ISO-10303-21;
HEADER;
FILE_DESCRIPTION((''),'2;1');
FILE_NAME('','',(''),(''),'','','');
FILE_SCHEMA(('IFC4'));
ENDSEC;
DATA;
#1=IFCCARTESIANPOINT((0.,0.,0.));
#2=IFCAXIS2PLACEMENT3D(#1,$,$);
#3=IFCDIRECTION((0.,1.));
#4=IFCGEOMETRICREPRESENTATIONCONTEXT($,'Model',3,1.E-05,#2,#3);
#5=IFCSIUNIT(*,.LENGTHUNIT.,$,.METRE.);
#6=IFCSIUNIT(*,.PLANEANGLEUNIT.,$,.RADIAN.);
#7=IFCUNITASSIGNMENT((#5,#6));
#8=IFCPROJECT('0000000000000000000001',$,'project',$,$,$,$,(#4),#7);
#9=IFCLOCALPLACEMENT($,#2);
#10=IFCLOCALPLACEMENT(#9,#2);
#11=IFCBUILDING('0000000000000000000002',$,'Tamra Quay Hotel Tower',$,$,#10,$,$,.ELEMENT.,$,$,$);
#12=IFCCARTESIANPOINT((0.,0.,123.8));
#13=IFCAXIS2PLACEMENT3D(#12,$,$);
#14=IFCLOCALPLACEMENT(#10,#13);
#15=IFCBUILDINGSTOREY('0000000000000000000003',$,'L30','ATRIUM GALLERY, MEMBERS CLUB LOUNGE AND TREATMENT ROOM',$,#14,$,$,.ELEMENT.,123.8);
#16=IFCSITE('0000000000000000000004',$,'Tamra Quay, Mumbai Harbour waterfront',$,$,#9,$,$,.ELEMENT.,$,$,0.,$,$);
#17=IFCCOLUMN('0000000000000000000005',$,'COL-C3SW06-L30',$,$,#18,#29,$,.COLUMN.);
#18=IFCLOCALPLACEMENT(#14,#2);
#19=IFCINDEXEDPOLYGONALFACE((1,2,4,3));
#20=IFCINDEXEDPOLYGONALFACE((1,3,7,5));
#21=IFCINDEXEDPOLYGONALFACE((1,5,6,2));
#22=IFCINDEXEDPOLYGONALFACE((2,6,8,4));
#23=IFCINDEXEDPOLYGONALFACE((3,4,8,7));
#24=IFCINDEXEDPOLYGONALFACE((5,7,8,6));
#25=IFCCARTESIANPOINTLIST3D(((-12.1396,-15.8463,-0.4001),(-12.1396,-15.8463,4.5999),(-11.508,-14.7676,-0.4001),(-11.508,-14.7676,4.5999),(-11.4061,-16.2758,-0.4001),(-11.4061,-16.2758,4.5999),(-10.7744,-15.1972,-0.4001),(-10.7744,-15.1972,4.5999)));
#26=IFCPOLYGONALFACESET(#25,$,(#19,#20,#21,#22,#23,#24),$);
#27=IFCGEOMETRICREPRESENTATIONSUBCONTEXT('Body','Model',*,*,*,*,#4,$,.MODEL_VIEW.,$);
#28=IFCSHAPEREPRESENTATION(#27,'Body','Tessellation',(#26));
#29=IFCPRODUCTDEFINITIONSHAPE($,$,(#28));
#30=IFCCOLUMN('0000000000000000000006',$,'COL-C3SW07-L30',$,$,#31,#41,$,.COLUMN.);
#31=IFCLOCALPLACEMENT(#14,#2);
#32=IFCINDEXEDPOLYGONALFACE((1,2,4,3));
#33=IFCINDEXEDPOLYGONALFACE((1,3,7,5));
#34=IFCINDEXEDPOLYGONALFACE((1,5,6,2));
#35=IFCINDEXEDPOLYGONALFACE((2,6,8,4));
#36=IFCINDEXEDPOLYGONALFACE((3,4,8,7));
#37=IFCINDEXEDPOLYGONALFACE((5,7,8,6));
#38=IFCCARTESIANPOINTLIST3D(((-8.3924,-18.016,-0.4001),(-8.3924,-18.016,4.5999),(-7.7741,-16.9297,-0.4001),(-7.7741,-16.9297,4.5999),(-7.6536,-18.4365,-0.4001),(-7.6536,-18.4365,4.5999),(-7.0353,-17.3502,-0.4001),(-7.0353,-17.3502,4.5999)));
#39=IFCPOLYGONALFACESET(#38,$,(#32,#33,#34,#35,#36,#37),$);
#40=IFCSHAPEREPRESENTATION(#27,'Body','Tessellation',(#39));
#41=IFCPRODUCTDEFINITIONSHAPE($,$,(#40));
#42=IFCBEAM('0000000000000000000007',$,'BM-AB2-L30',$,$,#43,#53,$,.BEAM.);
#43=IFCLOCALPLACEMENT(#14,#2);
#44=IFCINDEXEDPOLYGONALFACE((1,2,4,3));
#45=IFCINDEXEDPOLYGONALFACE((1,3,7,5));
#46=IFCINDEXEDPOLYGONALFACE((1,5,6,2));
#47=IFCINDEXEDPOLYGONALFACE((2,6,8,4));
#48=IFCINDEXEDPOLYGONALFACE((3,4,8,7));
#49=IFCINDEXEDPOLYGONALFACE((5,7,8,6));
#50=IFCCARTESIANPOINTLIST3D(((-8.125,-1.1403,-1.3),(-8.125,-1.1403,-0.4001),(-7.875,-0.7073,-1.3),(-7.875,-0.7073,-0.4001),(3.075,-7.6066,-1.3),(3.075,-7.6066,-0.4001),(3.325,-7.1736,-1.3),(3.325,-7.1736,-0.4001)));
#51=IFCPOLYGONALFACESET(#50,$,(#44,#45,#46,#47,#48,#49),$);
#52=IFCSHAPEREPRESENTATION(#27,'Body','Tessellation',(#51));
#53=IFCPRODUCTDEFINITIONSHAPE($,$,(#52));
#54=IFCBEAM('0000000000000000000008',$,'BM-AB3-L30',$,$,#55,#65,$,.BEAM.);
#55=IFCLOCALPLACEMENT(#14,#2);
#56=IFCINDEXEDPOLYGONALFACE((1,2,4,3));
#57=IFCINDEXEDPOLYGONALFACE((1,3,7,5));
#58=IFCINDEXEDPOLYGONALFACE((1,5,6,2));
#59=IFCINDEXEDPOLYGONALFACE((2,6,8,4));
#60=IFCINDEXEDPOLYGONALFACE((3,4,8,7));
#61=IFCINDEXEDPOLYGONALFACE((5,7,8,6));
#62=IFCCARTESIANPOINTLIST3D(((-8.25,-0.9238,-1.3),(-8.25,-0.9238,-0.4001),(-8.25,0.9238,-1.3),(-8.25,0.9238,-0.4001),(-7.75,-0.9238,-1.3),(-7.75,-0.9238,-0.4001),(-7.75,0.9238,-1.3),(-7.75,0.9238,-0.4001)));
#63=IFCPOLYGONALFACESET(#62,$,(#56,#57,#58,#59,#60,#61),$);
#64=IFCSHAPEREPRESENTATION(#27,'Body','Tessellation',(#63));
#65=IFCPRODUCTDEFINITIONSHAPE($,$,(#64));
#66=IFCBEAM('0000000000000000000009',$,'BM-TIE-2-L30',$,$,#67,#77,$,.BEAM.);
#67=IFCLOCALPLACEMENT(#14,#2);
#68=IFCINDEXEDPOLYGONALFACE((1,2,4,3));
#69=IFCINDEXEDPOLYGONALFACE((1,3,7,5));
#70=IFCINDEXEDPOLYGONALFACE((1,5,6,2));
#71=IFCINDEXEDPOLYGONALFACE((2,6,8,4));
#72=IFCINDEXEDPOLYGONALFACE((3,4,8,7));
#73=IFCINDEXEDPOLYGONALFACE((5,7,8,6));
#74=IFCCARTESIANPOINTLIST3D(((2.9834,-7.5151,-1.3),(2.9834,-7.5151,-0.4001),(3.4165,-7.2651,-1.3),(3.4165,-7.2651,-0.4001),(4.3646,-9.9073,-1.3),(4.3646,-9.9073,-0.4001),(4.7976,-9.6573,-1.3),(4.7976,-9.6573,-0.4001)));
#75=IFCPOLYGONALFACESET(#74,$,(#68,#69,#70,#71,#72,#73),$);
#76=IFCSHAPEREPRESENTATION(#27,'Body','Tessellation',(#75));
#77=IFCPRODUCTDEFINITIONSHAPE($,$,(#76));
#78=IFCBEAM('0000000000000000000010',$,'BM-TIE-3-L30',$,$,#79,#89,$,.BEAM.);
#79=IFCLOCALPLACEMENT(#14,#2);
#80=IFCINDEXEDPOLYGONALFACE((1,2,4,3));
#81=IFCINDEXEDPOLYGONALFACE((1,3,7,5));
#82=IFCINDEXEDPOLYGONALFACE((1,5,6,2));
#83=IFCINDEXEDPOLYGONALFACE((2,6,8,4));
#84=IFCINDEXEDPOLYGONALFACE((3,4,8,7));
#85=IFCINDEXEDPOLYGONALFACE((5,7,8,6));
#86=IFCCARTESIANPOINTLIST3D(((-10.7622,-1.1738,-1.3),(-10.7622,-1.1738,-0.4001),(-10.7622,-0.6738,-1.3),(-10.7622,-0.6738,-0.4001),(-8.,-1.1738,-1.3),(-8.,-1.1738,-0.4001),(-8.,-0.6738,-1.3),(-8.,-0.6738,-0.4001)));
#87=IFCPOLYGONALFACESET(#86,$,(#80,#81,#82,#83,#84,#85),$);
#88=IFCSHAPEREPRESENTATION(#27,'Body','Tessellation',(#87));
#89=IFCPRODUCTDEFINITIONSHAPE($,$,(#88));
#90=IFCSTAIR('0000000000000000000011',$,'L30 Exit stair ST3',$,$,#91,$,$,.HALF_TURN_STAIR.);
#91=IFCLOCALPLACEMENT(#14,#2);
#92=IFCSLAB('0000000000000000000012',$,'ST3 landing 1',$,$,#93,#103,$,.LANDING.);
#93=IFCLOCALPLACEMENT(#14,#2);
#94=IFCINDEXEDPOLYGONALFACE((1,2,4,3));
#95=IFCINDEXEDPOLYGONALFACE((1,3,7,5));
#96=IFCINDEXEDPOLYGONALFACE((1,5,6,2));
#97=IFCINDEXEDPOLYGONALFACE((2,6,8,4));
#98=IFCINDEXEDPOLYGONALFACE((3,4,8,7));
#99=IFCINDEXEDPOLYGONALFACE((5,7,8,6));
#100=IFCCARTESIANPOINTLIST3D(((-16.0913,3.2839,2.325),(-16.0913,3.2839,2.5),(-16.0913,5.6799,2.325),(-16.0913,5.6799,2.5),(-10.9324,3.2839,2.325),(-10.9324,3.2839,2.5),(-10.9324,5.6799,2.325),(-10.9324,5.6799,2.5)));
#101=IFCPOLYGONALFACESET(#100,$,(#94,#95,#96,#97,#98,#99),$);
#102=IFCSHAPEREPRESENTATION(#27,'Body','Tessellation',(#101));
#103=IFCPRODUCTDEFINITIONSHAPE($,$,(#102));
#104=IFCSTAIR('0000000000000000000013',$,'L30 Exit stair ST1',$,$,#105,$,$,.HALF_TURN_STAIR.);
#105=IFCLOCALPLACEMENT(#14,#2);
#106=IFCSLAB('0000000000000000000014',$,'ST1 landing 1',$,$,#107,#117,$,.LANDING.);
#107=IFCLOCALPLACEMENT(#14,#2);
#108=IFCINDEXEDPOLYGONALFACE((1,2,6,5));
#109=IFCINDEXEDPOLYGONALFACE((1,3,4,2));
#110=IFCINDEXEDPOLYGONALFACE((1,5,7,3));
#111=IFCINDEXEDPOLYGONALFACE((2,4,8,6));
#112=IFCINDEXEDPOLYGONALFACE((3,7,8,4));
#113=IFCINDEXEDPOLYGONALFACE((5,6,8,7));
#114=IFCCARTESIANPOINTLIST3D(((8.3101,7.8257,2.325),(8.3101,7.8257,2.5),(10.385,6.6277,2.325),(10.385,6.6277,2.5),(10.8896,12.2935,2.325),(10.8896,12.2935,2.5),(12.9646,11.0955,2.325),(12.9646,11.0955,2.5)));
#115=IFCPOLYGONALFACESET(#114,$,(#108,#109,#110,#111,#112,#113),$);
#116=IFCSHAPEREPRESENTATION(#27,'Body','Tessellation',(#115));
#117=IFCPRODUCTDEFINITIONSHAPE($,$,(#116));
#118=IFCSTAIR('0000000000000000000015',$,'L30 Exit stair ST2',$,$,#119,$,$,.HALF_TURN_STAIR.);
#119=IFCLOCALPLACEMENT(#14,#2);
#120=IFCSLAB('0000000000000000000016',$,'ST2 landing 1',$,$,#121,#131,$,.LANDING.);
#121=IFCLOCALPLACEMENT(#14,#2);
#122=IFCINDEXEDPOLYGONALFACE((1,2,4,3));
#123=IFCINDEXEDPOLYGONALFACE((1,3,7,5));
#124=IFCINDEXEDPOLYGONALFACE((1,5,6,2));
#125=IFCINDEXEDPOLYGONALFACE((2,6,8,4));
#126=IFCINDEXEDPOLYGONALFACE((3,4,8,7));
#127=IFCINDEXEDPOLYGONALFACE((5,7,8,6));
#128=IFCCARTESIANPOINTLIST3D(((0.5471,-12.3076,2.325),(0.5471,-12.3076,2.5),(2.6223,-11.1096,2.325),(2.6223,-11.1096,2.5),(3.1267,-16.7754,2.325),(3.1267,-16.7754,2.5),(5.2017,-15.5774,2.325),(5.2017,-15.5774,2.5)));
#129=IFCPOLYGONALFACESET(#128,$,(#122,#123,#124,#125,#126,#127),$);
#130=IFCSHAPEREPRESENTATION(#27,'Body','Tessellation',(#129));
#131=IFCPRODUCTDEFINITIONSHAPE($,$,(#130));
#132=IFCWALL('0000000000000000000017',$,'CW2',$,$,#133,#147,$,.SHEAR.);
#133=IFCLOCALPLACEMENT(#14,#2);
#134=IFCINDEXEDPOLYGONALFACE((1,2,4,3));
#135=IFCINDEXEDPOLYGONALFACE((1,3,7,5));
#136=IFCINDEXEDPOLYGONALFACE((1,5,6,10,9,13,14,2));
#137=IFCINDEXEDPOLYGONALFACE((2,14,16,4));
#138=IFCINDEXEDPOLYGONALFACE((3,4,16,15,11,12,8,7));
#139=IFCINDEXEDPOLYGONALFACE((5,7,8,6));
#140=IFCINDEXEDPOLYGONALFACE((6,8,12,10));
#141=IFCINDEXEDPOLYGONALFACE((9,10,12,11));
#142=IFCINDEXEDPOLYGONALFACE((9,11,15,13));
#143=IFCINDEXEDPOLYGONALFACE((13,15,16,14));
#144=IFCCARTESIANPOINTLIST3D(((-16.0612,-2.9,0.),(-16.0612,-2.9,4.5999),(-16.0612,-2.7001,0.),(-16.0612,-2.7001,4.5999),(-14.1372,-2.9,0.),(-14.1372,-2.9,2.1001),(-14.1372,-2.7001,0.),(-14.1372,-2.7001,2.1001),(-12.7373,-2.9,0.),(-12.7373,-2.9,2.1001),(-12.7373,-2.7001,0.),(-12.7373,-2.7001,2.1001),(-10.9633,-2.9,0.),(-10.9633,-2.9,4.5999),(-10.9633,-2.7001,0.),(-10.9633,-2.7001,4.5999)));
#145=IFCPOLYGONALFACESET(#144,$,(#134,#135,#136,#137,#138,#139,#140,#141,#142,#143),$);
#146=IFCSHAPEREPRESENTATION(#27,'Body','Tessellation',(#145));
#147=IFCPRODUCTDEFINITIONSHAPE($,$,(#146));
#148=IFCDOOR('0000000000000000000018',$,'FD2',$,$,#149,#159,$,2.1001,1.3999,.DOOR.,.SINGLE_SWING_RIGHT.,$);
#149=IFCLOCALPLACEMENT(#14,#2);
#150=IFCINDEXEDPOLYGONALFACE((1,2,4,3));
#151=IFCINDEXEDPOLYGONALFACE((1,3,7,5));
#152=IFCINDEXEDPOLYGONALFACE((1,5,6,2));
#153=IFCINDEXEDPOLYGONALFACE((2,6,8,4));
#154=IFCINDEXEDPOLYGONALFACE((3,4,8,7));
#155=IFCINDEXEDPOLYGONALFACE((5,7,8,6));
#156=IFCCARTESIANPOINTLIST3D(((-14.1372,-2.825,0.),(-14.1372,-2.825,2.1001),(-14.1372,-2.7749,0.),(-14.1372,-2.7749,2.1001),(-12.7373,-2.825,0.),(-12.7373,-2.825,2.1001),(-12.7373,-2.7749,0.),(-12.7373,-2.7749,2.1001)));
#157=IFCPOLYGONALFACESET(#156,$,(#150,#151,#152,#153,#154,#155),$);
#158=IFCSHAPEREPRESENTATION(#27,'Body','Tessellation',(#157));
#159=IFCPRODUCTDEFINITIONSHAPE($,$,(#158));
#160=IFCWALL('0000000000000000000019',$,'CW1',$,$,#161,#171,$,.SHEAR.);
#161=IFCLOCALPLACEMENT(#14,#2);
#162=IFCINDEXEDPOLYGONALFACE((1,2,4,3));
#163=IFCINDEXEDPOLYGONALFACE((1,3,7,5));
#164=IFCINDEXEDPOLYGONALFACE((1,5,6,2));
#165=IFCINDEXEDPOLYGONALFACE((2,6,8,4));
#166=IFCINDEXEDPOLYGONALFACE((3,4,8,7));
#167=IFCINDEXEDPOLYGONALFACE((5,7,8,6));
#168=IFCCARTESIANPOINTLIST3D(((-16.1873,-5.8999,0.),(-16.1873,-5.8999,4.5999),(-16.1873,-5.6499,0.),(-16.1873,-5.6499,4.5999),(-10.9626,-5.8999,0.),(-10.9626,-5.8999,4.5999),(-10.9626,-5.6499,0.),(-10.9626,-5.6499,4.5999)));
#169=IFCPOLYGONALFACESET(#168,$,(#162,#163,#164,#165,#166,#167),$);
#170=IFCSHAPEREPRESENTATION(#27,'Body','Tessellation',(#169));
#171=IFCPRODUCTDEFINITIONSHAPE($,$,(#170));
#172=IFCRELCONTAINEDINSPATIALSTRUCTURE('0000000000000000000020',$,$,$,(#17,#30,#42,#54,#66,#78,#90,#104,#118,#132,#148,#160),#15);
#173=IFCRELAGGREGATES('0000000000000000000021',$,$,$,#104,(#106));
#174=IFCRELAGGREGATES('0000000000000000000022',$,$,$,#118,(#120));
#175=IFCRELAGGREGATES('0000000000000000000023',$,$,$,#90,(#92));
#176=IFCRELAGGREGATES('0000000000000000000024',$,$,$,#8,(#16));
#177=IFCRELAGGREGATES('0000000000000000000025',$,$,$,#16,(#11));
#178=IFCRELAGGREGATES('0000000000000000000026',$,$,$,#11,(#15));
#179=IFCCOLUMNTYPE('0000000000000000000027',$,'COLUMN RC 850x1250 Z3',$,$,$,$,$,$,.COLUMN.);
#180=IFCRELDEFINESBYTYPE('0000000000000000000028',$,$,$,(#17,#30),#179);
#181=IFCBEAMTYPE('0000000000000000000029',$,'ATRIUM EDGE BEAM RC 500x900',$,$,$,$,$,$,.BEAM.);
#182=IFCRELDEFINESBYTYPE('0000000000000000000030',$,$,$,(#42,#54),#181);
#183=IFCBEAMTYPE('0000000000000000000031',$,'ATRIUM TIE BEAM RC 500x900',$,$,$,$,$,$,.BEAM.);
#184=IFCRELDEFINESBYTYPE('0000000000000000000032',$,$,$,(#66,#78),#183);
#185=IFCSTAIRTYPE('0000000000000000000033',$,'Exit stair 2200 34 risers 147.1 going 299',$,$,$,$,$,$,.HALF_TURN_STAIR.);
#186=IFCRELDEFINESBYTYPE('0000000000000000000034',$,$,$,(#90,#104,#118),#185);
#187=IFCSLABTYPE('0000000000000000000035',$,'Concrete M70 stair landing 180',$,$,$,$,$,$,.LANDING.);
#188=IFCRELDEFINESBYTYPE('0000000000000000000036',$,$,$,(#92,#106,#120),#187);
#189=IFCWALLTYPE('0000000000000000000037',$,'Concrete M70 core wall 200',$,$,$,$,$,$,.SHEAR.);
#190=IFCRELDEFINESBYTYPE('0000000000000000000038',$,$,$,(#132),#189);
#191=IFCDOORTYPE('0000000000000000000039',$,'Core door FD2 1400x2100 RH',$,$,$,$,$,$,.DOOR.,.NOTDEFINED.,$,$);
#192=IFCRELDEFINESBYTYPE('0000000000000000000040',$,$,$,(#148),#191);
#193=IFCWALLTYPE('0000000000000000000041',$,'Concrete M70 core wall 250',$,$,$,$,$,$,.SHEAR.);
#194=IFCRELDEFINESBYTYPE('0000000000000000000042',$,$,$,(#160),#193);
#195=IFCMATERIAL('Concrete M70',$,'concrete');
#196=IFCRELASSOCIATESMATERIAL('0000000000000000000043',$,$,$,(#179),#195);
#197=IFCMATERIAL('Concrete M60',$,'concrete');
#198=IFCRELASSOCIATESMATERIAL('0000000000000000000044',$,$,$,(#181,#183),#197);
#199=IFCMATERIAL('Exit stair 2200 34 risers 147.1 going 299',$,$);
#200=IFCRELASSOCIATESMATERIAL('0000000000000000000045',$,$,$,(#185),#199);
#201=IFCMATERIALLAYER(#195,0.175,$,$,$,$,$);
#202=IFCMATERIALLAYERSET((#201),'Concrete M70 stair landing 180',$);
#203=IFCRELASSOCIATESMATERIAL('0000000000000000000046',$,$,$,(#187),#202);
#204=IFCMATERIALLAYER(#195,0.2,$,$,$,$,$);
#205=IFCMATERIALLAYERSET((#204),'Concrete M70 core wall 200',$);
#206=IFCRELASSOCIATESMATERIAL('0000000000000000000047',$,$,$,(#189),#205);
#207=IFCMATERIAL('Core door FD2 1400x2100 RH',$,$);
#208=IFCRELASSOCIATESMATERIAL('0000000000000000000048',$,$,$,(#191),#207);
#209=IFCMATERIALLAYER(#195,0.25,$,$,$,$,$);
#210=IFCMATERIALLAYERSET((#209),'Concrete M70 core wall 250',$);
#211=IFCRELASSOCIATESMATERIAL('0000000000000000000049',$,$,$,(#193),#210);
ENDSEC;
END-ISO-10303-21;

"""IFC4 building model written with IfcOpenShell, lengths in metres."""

from ifc_helpers import new_model, si_unit, direction, frame, frame_2d, origin, origin_2d, place, context, subcontext, project, spatial, polyline, rectangle, outline, extrude, material, layer, layer_set, material_profile, profile_set, type_object, element, fill, aggregate, save


model = new_model("IFC4")

# Units and contexts
model_context = context("Model", 3, precision=1e-05, world=origin(), true_north=direction((0.0, 1.0)))
body_context = subcontext(model_context, "Body", "Model", "MODEL_VIEW")
ifc_project = project(units=[si_unit("LENGTHUNIT", "METRE"), si_unit("PLANEANGLEUNIT", "RADIAN")], contexts=[model_context])

# Site, building, storey
site_placement = place(None, origin())
site = spatial("IfcSite", under=ifc_project, at=site_placement, Name="Tamra Quay, Mumbai Harbour waterfront", CompositionType="ELEMENT", RefElevation=0.0)
building_placement = place(site_placement, origin())
building = spatial("IfcBuilding", under=site, at=building_placement, Name="Tamra Quay Hotel Tower", CompositionType="ELEMENT")
storey_placement = place(building_placement, frame((0.0, 0.0, 123.8)))
storey = spatial("IfcBuildingStorey", under=building, at=storey_placement, Name="L30", Description="ATRIUM GALLERY, MEMBERS CLUB LOUNGE AND TREATMENT ROOM", CompositionType="ELEMENT", Elevation=123.8)

# Columns
ifc_material_1 = material(Name="Concrete M70", Category="concrete")
ifc_material_profile_1 = material_profile(ifc_material_1, rectangle(XDim=1.25, YDim=0.8501, at=origin_2d()), Name="COLUMN RC 850x1250 Z3")
ifc_profile_set_1 = profile_set([ifc_material_profile_1], Name="Concrete M70")
column_type = type_object("IfcColumnType", Name="COLUMN RC 850x1250 Z3", PredefinedType="COLUMN", material=ifc_profile_set_1)
for number, where, z_axis, x_axis, name in (
    (1, (-11.457, -15.5217, -0.4001), (0.0, 0.0, 1.0), (0.505325, 0.862929, 0.0), "COL-C3SW06-L30"),
    (2, (-7.7139, -17.6831, -0.4001), (0.0, 0.0, 1.0), (0.494656, 0.869089, 0.0), "COL-C3SW07-L30"),
):
    element("IfcColumn", number, at=place(storey_placement, frame(where, z_axis=z_axis, x_axis=x_axis)), inside=storey, type_object=column_type, Name=name, PredefinedType="COLUMN", context=body_context, shape_type="SweptSolid", body=[
        extrude(rectangle(XDim=1.25, YDim=0.8501, at=origin_2d()), origin(), (0.0, 0.0, 1.0), 5.0),
    ])

# Beams
ifc_material_2 = material(Name="Concrete M60", Category="concrete")
ifc_material_profile_2 = material_profile(ifc_material_2, rectangle(XDim=0.5, YDim=0.8999, at=origin_2d()), Name="ATRIUM EDGE BEAM RC 500x900")
ifc_profile_set_2 = profile_set([ifc_material_profile_2], Name="Concrete M60")
beam_type_1 = type_object("IfcBeamType", Name="ATRIUM EDGE BEAM RC 500x900", PredefinedType="BEAM", material=ifc_profile_set_2)
beam_1_placement = place(storey_placement, frame((3.2, -7.3901, -0.8501), z_axis=(-0.866025, 0.500001, 0.0), x_axis=(-0.500001, -0.866025, 0.0)))
element("IfcBeam", 3, at=beam_1_placement, inside=storey, type_object=beam_type_1, Name="BM-AB2-L30", PredefinedType="BEAM", context=body_context, shape_type="SweptSolid", body=[
    extrude(rectangle(XDim=0.5, YDim=0.8999, at=origin_2d()), origin(), (0.0, 0.0, 1.0), 12.9326),
])
beam_2_placement = place(storey_placement, frame((-8.0, -0.9238, -0.8501), z_axis=(0.0, 1.0, 0.0), x_axis=(-1.0, 0.0, 0.0)))
element("IfcBeam", 4, at=beam_2_placement, inside=storey, type_object=beam_type_1, Name="BM-AB3-L30", PredefinedType="BEAM", context=body_context, shape_type="SweptSolid", body=[
    extrude(rectangle(XDim=0.5, YDim=0.8999, at=origin_2d()), origin(), (0.0, 0.0, 1.0), 1.8477),
])
ifc_material_profile_3 = material_profile(ifc_material_2, rectangle(XDim=0.5, YDim=0.8999, at=origin_2d()), Name="ATRIUM TIE BEAM RC 500x900")
ifc_profile_set_3 = profile_set([ifc_material_profile_3], Name="Concrete M60")
beam_type_2 = type_object("IfcBeamType", Name="ATRIUM TIE BEAM RC 500x900", PredefinedType="BEAM", material=ifc_profile_set_3)
for number, where, z_axis, x_axis, name in (
    (5, (3.2, -7.3901, -0.8501), (0.500008, -0.866021, 0.0), (0.866021, 0.500008, 0.0), "BM-TIE-2-L30"),
    (6, (-8.0, -0.9238, -0.8501), (-1.0, 0.0, 0.0), (0.0, -1.0, 0.0), "BM-TIE-3-L30"),
):
    element("IfcBeam", number, at=place(storey_placement, frame(where, z_axis=z_axis, x_axis=x_axis)), inside=storey, type_object=beam_type_2, Name=name, PredefinedType="BEAM", context=body_context, shape_type="SweptSolid", body=[
        extrude(rectangle(XDim=0.5, YDim=0.8999, at=origin_2d()), origin(), (0.0, 0.0, 1.0), 2.7622),
    ])

# Stairs, slabs
ifc_material_3 = material(Name="Exit stair 2200 34 risers 147.1 going 299")
stair_type = type_object("IfcStairType", Name="Exit stair 2200 34 risers 147.1 going 299", PredefinedType="HALF_TURN_STAIR", material=ifc_material_3)
stair_1_placement = place(storey_placement, origin())
stair_1 = element("IfcStair", 7, at=stair_1_placement, inside=storey, type_object=stair_type, Name="L30 Exit stair ST3", PredefinedType="HALF_TURN_STAIR")
ifc_layer_1 = layer(ifc_material_1, 0.175)
ifc_layer_set_1 = layer_set([ifc_layer_1], Name="Concrete M70 stair landing 180")
slab_type_1 = type_object("IfcSlabType", Name="Concrete M70 stair landing 180", PredefinedType="LANDING", material=ifc_layer_set_1)
slab_1_placement = place(storey_placement, frame((0.0, 0.0, 2.325)))
slab_1 = element("IfcSlab", 8, at=slab_1_placement, type_object=slab_type_1, Name="ST3 landing 1", PredefinedType="LANDING", context=body_context, shape_type="SweptSolid", body=[
    extrude(outline(polyline([(-10.9324, 3.2839), (-10.9324, 5.6799), (-16.0913, 5.6799), (-16.0913, 3.2839), (-10.9324, 3.2839)])), origin(), (0.0, 0.0, 1.0), 0.175),
])
stair_2_placement = place(storey_placement, origin())
stair_2 = element("IfcStair", 9, at=stair_2_placement, inside=storey, type_object=stair_type, Name="L30 Exit stair ST1", PredefinedType="HALF_TURN_STAIR")
slab_2_placement = place(storey_placement, frame((0.0, 0.0, 2.325)))
slab_2 = element("IfcSlab", 10, at=slab_2_placement, type_object=slab_type_1, Name="ST1 landing 1", PredefinedType="LANDING", context=body_context, shape_type="SweptSolid", body=[
    extrude(outline(polyline([(8.3101, 7.8257), (10.385, 6.6277), (12.9646, 11.0955), (10.8896, 12.2935), (8.3101, 7.8257)])), origin(), (0.0, 0.0, 1.0), 0.175),
])
aggregate(stair_2, [slab_2])
stair_3_placement = place(storey_placement, origin())
stair_3 = element("IfcStair", 11, at=stair_3_placement, inside=storey, type_object=stair_type, Name="L30 Exit stair ST2", PredefinedType="HALF_TURN_STAIR")
slab_3_placement = place(storey_placement, frame((0.0, 0.0, 2.325)))
slab_3 = element("IfcSlab", 12, at=slab_3_placement, type_object=slab_type_1, Name="ST2 landing 1", PredefinedType="LANDING", context=body_context, shape_type="SweptSolid", body=[
    extrude(outline(polyline([(2.6223, -11.1096), (0.5471, -12.3076), (3.1267, -16.7754), (5.2017, -15.5774), (2.6223, -11.1096)])), origin(), (0.0, 0.0, 1.0), 0.175),
])
aggregate(stair_3, [slab_3])

# Wall, opening, door
ifc_layer_2 = layer(ifc_material_1, 0.2)
ifc_layer_set_2 = layer_set([ifc_layer_2], Name="Concrete M70 core wall 200")
wall_type_1 = type_object("IfcWallType", Name="Concrete M70 core wall 200", PredefinedType="SHEAR", material=ifc_layer_set_2)
wall_1_placement = place(storey_placement, frame((-10.9634, -2.8, 0.0), z_axis=(0.0, 0.0, 1.0), x_axis=(-1.0, 0.0, 0.0)))
wall_1 = element("IfcWall", 13, at=wall_1_placement, inside=storey, type_object=wall_type_1, Name="CW2", PredefinedType="SHEAR", context=body_context, shape_type="SweptSolid", body=[
    extrude(rectangle(XDim=5.0979, YDim=0.2, at=frame_2d((2.5488, 0.0))), origin(), (0.0, 0.0, 1.0), 4.5999),
])
opening_1_placement = place(wall_1_placement, frame((1.7739, 0.0, 0.0)))
opening_1 = element("IfcOpeningElement", 14, at=opening_1_placement, cuts=wall_1, PredefinedType="OPENING", context=body_context, shape_type="SweptSolid", body=[
    extrude(rectangle(XDim=1.3999, YDim=2.1001, at=frame_2d((0.7, 1.05))), frame((0.0, 0.1099, 0.0), z_axis=(0.0, -1.0, 0.0), x_axis=(1.0, 0.0, 0.0)), (0.0, 0.0, 1.0), 0.22),
])
ifc_material_4 = material(Name="Core door FD2 1400x2100 RH")
door_type_1 = type_object("IfcDoorType", Name="Core door FD2 1400x2100 RH", OperationType="NOTDEFINED", PredefinedType="DOOR", material=ifc_material_4)
door_1_placement = place(opening_1_placement, origin())
door_1 = element("IfcDoor", 15, at=door_1_placement, inside=storey, type_object=door_type_1, Name="FD2", OperationType="SINGLE_SWING_RIGHT", OverallHeight=2.1001, OverallWidth=1.3999, PredefinedType="DOOR", context=body_context, shape_type="SweptSolid", body=[
    extrude(rectangle(XDim=1.3999, YDim=2.1001, at=frame_2d((0.7, 1.05))), frame((0.0, 0.0249, 0.0), z_axis=(0.0, -1.0, 0.0), x_axis=(1.0, 0.0, 0.0)), (0.0, 0.0, 1.0), 0.05),
])
fill(opening_1, door_1)

# Wall
ifc_layer_3 = layer(ifc_material_1, 0.25)
ifc_layer_set_3 = layer_set([ifc_layer_3], Name="Concrete M70 core wall 250")
wall_type_2 = type_object("IfcWallType", Name="Concrete M70 core wall 250", PredefinedType="SHEAR", material=ifc_layer_set_3)
wall_2_placement = place(storey_placement, frame((-10.9626, -5.7749, 0.0), z_axis=(0.0, 0.0, 1.0), x_axis=(-1.0, 0.0, 0.0)))
element("IfcWall", 16, at=wall_2_placement, inside=storey, type_object=wall_type_2, Name="CW1", PredefinedType="SHEAR", context=body_context, shape_type="SweptSolid", body=[
    extrude(rectangle(XDim=5.2246, YDim=0.25, at=frame_2d((2.6123, 0.0))), origin(), (0.0, 0.0, 1.0), 4.5999),
])

aggregate(stair_1, [slab_1])

save(model, "model.ifc")
